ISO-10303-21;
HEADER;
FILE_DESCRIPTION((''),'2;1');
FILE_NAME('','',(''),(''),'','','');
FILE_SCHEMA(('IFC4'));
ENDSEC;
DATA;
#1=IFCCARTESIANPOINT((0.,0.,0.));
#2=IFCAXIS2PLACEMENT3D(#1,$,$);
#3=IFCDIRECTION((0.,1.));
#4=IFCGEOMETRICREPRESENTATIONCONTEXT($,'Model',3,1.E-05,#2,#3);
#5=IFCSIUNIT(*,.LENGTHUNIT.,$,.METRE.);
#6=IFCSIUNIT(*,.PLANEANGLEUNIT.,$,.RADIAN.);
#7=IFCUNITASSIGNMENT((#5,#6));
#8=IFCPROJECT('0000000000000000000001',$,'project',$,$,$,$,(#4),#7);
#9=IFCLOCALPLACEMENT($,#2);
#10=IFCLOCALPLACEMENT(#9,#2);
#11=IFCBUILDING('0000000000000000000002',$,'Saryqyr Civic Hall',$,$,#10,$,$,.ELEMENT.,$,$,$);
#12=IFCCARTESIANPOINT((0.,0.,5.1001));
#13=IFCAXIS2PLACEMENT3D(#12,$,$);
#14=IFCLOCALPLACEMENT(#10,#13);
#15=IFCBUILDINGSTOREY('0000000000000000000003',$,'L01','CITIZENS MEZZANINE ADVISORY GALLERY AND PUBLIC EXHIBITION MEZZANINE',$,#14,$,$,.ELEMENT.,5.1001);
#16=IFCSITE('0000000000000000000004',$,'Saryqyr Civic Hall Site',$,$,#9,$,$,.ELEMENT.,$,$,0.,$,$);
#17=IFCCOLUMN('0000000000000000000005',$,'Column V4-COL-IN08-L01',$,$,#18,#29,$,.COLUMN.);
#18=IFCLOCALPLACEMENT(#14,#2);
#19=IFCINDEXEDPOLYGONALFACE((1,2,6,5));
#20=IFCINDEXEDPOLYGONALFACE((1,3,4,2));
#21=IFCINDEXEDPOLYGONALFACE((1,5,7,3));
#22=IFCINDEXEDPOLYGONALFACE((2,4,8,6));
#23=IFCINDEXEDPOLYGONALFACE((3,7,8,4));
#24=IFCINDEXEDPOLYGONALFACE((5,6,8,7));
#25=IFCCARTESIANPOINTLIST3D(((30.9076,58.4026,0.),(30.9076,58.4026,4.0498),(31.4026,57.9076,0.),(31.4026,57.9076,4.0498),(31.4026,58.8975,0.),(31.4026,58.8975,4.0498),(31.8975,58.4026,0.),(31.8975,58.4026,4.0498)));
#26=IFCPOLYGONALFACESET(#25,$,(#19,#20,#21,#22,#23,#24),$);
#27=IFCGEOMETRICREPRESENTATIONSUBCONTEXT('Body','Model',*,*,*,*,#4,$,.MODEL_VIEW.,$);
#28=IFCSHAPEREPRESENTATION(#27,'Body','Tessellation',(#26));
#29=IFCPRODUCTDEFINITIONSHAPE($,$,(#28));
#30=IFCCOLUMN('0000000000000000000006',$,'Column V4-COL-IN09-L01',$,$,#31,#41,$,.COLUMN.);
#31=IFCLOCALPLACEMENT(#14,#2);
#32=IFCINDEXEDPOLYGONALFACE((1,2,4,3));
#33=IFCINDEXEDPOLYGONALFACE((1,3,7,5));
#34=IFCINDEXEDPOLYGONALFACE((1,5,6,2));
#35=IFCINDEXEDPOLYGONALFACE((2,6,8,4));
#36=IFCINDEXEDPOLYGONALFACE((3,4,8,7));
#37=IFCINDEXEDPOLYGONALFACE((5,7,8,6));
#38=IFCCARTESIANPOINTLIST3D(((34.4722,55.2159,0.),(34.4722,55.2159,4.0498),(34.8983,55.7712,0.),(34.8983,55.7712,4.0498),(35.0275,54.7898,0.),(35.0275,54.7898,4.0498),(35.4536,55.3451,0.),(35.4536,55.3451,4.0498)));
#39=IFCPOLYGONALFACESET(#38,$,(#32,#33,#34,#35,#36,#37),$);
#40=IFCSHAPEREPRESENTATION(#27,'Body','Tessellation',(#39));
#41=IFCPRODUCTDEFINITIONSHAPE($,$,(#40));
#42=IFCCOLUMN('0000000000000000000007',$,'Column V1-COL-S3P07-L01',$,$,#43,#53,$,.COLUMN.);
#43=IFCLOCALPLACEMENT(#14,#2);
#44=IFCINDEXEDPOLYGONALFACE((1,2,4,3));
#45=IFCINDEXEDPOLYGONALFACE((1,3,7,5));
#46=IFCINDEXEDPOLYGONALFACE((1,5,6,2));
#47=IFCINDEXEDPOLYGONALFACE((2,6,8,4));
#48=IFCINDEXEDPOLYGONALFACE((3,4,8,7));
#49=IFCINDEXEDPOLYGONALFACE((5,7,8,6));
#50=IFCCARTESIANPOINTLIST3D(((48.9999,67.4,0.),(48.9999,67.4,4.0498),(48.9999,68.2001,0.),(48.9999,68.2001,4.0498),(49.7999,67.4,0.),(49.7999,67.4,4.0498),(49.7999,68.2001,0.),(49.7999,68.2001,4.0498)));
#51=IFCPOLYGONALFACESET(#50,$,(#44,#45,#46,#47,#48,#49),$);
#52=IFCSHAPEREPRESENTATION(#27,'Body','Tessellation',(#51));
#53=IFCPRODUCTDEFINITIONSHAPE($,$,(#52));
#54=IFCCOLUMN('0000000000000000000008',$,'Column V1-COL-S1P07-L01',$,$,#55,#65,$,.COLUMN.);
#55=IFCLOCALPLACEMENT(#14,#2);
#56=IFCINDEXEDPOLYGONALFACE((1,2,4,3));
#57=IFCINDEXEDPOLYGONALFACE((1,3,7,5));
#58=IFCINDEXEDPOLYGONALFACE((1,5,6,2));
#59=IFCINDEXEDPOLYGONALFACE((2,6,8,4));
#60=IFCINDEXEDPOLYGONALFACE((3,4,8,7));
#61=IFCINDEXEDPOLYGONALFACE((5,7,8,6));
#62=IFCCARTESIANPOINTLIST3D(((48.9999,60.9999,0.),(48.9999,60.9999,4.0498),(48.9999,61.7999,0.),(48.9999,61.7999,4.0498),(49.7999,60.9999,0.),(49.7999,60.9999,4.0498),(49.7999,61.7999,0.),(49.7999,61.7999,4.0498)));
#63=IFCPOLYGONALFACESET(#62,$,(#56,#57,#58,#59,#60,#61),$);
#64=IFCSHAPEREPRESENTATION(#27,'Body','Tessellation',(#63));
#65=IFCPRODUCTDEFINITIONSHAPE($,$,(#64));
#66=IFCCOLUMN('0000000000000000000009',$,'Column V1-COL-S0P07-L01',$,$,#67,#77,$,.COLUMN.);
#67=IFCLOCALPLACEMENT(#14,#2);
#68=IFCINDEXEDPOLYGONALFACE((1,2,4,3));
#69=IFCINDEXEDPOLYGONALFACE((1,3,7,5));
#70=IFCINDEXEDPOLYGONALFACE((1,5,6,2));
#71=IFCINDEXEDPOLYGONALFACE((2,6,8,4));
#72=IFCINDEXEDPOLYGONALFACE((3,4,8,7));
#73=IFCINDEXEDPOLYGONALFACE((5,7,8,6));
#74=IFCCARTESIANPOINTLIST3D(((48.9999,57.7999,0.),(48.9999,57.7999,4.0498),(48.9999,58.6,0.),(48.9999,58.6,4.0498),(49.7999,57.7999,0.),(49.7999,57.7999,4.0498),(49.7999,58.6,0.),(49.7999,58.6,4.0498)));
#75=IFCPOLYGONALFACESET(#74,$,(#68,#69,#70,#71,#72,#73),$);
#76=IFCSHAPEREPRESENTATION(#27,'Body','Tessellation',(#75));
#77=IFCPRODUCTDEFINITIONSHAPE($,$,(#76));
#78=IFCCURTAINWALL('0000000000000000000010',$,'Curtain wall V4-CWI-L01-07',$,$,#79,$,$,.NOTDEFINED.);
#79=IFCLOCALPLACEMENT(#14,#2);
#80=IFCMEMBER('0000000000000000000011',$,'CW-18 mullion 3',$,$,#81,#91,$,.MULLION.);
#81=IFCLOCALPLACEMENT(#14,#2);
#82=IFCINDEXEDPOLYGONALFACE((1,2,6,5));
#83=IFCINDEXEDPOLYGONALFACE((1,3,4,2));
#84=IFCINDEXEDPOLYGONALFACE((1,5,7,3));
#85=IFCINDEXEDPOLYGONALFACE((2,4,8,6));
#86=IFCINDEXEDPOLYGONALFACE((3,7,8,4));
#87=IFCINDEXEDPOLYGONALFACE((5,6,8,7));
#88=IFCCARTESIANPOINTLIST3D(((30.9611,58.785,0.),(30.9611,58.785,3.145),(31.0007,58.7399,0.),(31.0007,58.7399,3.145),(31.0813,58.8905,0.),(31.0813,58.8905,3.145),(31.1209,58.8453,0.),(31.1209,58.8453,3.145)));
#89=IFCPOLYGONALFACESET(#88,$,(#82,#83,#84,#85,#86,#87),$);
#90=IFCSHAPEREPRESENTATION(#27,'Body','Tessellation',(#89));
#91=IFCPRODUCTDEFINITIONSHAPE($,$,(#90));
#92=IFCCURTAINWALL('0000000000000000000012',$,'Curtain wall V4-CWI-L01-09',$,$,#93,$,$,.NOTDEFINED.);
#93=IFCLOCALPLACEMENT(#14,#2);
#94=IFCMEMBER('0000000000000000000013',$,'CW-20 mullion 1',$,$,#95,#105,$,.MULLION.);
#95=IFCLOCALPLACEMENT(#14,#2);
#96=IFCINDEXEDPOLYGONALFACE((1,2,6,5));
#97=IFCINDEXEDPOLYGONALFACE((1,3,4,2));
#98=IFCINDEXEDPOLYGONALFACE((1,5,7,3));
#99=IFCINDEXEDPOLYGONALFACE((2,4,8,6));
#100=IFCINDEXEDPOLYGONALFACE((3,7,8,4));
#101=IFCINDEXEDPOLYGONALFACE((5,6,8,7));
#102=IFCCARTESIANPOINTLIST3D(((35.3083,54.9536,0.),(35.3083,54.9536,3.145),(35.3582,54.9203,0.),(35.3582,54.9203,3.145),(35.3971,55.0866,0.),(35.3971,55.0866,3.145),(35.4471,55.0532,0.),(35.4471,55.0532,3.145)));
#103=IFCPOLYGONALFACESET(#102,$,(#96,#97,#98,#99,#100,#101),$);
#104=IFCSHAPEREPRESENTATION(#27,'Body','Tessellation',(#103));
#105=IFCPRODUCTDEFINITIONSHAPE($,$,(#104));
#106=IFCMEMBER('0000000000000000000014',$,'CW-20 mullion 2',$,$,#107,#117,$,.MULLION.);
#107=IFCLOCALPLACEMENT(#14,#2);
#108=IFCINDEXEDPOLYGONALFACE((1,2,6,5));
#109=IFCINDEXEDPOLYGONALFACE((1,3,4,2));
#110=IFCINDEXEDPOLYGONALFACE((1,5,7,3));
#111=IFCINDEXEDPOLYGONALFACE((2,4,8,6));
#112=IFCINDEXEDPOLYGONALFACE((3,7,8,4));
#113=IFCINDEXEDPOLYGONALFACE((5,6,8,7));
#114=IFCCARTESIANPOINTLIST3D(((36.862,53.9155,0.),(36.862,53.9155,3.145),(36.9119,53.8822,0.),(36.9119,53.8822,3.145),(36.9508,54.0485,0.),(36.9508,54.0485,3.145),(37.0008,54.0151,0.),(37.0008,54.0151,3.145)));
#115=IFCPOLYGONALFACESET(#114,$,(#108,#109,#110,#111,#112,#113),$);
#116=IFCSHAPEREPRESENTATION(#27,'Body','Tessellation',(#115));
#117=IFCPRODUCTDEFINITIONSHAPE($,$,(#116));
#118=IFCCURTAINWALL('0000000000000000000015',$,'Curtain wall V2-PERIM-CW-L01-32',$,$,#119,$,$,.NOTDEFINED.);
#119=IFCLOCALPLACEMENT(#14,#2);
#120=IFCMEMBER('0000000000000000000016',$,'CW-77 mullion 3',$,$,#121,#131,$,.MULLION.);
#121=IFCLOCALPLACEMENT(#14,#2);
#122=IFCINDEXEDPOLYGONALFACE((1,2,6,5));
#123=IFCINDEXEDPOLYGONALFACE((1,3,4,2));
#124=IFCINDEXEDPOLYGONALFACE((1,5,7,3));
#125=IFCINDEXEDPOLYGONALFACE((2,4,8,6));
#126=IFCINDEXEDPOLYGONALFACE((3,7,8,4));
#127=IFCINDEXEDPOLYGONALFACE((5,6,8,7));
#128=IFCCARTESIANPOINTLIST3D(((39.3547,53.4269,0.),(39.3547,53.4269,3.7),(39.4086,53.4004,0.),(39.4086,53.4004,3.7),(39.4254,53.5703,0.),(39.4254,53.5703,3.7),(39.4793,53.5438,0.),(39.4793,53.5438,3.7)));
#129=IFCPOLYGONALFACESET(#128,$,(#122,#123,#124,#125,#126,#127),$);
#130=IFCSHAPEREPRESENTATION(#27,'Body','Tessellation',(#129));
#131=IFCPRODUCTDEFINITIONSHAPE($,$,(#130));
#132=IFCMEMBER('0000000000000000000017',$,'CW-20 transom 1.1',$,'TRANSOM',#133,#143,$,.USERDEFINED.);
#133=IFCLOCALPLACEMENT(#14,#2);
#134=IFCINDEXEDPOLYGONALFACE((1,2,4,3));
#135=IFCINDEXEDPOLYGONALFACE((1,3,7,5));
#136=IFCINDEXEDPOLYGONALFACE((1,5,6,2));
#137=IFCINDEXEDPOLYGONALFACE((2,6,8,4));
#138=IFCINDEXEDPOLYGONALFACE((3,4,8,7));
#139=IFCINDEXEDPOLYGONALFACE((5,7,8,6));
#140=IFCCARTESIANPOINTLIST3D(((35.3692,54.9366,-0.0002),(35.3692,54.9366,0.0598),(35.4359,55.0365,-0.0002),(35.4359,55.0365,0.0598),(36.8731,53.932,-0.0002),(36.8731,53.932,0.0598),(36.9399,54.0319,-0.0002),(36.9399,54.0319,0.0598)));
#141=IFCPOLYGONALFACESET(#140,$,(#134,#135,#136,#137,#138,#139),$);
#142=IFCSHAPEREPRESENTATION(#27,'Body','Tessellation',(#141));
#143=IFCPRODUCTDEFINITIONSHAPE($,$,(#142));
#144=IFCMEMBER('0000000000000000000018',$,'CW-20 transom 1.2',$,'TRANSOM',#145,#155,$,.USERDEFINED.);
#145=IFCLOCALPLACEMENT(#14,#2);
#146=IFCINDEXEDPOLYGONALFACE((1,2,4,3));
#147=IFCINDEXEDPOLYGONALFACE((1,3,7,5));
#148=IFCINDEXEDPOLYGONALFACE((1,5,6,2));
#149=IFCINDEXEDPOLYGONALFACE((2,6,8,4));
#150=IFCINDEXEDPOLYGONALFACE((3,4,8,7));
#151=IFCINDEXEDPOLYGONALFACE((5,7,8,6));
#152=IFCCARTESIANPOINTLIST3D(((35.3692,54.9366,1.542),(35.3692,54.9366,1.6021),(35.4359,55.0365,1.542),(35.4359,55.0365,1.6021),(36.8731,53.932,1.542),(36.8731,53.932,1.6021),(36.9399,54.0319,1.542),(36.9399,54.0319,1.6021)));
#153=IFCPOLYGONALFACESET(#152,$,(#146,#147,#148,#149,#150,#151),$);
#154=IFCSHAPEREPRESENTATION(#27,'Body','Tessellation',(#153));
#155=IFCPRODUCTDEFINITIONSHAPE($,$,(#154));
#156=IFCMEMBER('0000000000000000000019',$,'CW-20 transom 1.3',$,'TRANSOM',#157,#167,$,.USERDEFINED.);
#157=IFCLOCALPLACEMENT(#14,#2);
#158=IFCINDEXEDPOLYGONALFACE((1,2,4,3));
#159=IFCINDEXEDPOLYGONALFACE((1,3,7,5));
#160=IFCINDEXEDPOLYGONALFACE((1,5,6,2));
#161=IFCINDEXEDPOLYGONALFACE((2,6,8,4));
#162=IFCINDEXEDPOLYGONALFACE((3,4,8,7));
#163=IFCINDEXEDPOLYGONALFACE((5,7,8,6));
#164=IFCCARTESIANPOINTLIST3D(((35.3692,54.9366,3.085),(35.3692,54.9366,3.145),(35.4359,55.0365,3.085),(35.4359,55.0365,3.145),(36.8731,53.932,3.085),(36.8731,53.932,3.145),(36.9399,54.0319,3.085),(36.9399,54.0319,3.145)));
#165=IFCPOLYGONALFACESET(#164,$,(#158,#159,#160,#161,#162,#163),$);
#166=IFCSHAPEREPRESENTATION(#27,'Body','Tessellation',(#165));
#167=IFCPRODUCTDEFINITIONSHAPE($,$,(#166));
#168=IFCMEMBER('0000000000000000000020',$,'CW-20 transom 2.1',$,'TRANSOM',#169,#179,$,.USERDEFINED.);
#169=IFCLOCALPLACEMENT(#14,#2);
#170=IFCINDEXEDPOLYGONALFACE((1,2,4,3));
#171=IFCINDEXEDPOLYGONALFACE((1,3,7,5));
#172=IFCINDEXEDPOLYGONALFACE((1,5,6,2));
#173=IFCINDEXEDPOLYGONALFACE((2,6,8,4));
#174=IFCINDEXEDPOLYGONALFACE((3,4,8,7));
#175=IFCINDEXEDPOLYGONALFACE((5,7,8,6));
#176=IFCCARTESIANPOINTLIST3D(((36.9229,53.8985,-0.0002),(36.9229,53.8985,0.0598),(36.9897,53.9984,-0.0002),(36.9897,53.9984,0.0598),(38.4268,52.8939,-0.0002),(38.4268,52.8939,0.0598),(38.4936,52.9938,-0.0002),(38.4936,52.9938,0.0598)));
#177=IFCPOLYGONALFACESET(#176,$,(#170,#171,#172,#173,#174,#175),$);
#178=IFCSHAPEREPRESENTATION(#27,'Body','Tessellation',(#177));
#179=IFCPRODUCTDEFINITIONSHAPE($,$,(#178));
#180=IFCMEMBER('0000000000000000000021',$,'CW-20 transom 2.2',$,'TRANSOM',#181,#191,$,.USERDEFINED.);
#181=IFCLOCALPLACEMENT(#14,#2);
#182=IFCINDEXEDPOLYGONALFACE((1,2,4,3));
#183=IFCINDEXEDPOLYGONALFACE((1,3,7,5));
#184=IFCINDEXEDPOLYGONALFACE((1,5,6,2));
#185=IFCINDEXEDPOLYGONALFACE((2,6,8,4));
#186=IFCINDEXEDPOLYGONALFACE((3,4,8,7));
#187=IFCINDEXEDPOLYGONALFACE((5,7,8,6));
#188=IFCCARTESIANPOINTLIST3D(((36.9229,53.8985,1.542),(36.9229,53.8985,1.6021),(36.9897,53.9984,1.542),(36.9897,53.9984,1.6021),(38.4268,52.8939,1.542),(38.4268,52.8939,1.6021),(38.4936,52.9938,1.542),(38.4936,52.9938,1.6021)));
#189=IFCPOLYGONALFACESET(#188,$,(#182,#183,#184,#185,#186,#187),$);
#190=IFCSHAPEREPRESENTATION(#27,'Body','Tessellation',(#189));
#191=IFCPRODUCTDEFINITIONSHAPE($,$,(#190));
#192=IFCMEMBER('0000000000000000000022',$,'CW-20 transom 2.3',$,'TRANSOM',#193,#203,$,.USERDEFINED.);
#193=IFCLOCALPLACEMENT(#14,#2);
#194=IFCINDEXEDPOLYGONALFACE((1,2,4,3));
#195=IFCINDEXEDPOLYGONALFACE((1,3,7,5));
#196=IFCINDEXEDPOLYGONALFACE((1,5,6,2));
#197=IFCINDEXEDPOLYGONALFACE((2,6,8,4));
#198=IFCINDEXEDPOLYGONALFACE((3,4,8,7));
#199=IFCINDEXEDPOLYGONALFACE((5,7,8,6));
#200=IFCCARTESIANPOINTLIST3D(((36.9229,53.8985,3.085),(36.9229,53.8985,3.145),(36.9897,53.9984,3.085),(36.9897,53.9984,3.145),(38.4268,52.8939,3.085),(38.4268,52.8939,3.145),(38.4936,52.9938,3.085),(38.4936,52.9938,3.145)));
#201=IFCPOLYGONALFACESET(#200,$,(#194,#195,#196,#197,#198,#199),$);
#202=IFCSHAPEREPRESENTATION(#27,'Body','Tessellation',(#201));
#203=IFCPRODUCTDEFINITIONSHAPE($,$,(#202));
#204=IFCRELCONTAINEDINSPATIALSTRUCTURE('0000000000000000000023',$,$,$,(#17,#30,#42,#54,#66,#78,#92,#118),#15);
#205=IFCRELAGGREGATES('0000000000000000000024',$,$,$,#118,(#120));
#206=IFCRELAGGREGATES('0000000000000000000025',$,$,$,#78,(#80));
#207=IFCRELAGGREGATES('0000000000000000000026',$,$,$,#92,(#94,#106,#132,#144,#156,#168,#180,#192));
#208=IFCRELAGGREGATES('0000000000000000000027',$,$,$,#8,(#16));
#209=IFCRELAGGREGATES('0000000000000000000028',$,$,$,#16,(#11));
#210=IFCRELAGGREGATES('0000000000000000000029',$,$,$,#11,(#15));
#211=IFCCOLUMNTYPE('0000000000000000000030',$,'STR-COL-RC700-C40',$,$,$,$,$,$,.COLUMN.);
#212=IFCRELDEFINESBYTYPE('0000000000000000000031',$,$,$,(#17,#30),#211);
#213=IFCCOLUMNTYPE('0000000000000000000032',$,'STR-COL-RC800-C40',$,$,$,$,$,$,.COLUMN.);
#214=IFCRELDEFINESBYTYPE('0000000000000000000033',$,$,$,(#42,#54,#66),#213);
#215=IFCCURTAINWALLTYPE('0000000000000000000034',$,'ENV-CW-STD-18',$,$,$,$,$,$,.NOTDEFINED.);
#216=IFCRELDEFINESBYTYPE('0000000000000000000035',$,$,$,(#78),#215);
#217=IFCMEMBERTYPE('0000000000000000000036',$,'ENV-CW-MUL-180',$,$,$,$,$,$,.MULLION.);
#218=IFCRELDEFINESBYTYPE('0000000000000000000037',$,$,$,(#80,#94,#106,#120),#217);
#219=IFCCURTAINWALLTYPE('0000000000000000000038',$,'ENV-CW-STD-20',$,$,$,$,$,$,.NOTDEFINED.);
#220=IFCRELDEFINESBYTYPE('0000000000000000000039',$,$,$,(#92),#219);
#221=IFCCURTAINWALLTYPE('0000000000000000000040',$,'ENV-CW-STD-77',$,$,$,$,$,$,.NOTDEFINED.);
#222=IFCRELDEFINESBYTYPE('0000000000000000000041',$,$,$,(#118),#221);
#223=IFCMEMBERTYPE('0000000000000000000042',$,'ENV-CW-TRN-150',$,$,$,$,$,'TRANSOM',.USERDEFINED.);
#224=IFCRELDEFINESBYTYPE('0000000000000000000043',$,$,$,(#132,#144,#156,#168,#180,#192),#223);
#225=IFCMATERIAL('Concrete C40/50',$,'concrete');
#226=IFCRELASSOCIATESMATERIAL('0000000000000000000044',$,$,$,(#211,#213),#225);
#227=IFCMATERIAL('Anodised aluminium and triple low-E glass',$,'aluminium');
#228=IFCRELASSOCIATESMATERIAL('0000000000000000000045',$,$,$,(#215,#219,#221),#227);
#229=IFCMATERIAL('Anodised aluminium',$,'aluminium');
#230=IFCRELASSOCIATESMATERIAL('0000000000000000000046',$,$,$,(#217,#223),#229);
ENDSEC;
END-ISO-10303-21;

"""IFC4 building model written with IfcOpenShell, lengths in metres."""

from ifc_helpers import new_model, si_unit, direction, frame, origin, origin_2d, place, context, subcontext, project, spatial, rectangle, extrude, material, material_profile, profile_set, type_object, element, aggregate, save


model = new_model("IFC4")

# Units and contexts
model_context = context("Model", 3, precision=1e-05, world=origin(), true_north=direction((0.0, 1.0)))
body_context = subcontext(model_context, "Body", "Model", "MODEL_VIEW")
ifc_project = project(units=[si_unit("LENGTHUNIT", "METRE"), si_unit("PLANEANGLEUNIT", "RADIAN")], contexts=[model_context])

# Site, building, storey
site_placement = place(None, origin())
site = spatial("IfcSite", under=ifc_project, at=site_placement, Name="Saryqyr Civic Hall Site", CompositionType="ELEMENT", RefElevation=0.0)
building_placement = place(site_placement, origin())
building = spatial("IfcBuilding", under=site, at=building_placement, Name="Saryqyr Civic Hall", CompositionType="ELEMENT")
storey_placement = place(building_placement, frame((0.0, 0.0, 5.1001)))
storey = spatial("IfcBuildingStorey", under=building, at=storey_placement, Name="L01", Description="CITIZENS MEZZANINE ADVISORY GALLERY AND PUBLIC EXHIBITION MEZZANINE", CompositionType="ELEMENT", Elevation=5.1001)

# Columns
ifc_material_1 = material(Name="Concrete C40/50", Category="concrete")
ifc_material_profile_1 = material_profile(ifc_material_1, rectangle(XDim=0.7, YDim=0.7, at=origin_2d()), Name="RC 700x700")
ifc_profile_set_1 = profile_set([ifc_material_profile_1], Name="Concrete C40/50")
column_type_1 = type_object("IfcColumnType", Name="STR-COL-RC700-C40", PredefinedType="COLUMN", material=ifc_profile_set_1)
for number, where, z_axis, x_axis, name in (
    (1, (31.4026, 58.4026, 0.0), (0.0, 0.0, 1.0), (-0.707107, -0.707107, 0.0), "Column V4-COL-IN08-L01"),
    (2, (34.9629, 55.2805, 0.0), (0.0, 0.0, 1.0), (-0.608761, -0.793353, 0.0), "Column V4-COL-IN09-L01"),
):
    element("IfcColumn", number, at=place(storey_placement, frame(where, z_axis=z_axis, x_axis=x_axis)), inside=storey, type_object=column_type_1, Name=name, PredefinedType="COLUMN", context=body_context, shape_type="SweptSolid", body=[
        extrude(rectangle(XDim=0.7, YDim=0.7, at=origin_2d()), origin(), (0.0, 0.0, 1.0), 4.0498),
    ])
ifc_material_profile_2 = material_profile(ifc_material_1, rectangle(XDim=0.8, YDim=0.8, at=origin_2d()), Name="RC 800x800")
ifc_profile_set_2 = profile_set([ifc_material_profile_2], Name="Concrete C40/50")
column_type_2 = type_object("IfcColumnType", Name="STR-COL-RC800-C40", PredefinedType="COLUMN", material=ifc_profile_set_2)
for number, where, z_axis, x_axis, name in (
    (3, (49.3999, 67.8, 0.0), (0.0, 0.0, 1.0), (1.0, 0.0, 0.0), "Column V1-COL-S3P07-L01"),
    (4, (49.3999, 61.3999, 0.0), (0.0, 0.0, 1.0), (1.0, 0.0, 0.0), "Column V1-COL-S1P07-L01"),
    (5, (49.3999, 58.2, 0.0), (0.0, 0.0, 1.0), (1.0, 0.0, 0.0), "Column V1-COL-S0P07-L01"),
):
    element("IfcColumn", number, at=place(storey_placement, frame(where, z_axis=z_axis, x_axis=x_axis)), inside=storey, type_object=column_type_2, Name=name, PredefinedType="COLUMN", context=body_context, shape_type="SweptSolid", body=[
        extrude(rectangle(XDim=0.8, YDim=0.8, at=origin_2d()), origin(), (0.0, 0.0, 1.0), 4.0498),
    ])

# Curtain wall, member
ifc_material_2 = material(Name="Anodised aluminium and triple low-E glass", Category="aluminium")
curtain_wall_type_1 = type_object("IfcCurtainWallType", Name="ENV-CW-STD-18", PredefinedType="NOTDEFINED", material=ifc_material_2)
curtain_wall_1_placement = place(storey_placement, origin())
curtain_wall_1 = element("IfcCurtainWall", 6, at=curtain_wall_1_placement, inside=storey, type_object=curtain_wall_type_1, Name="Curtain wall V4-CWI-L01-07", PredefinedType="NOTDEFINED")
ifc_material_3 = material(Name="Anodised aluminium", Category="aluminium")
ifc_material_profile_3 = material_profile(ifc_material_3, rectangle(XDim=0.0601, YDim=0.1599, at=origin_2d()), Name="ALU MULLION 60x160")
ifc_profile_set_3 = profile_set([ifc_material_profile_3], Name="Anodised aluminium")
member_type_1 = type_object("IfcMemberType", Name="ENV-CW-MUL-180", PredefinedType="MULLION", material=ifc_profile_set_3)
member_1_placement = place(storey_placement, frame((31.041, 58.8152, 0.0), z_axis=(0.0, 0.0, 1.0), x_axis=(0.659349, -0.751837, 0.0)))
member_1 = element("IfcMember", 7, at=member_1_placement, type_object=member_type_1, Name="CW-18 mullion 3", PredefinedType="MULLION", context=body_context, shape_type="SweptSolid", body=[
    extrude(rectangle(XDim=0.0601, YDim=0.1599, at=origin_2d()), origin(), (0.0, 0.0, 1.0), 3.145),
])

# Curtain wall, members
curtain_wall_type_2 = type_object("IfcCurtainWallType", Name="ENV-CW-STD-20", PredefinedType="NOTDEFINED", material=ifc_material_2)
curtain_wall_2_placement = place(storey_placement, origin())
curtain_wall_2 = element("IfcCurtainWall", 8, at=curtain_wall_2_placement, inside=storey, type_object=curtain_wall_type_2, Name="Curtain wall V4-CWI-L01-09", PredefinedType="NOTDEFINED")
member_2_placement = place(storey_placement, frame((35.3777, 55.0034, 0.0), z_axis=(0.0, 0.0, 1.0), x_axis=(0.831479, -0.555557, 0.0)))
member_2 = element("IfcMember", 9, at=member_2_placement, type_object=member_type_1, Name="CW-20 mullion 1", PredefinedType="MULLION", context=body_context, shape_type="SweptSolid", body=[
    extrude(rectangle(XDim=0.0601, YDim=0.1599, at=origin_2d()), origin(), (0.0, 0.0, 1.0), 3.145),
])
member_3_placement = place(storey_placement, frame((36.9314, 53.9653, 0.0), z_axis=(0.0, 0.0, 1.0), x_axis=(0.831479, -0.555557, 0.0)))
member_3 = element("IfcMember", 10, at=member_3_placement, type_object=member_type_1, Name="CW-20 mullion 2", PredefinedType="MULLION", context=body_context, shape_type="SweptSolid", body=[
    extrude(rectangle(XDim=0.0601, YDim=0.1599, at=origin_2d()), origin(), (0.0, 0.0, 1.0), 3.145),
])

# Curtain wall, member
curtain_wall_type_3 = type_object("IfcCurtainWallType", Name="ENV-CW-STD-77", PredefinedType="NOTDEFINED", material=ifc_material_2)
curtain_wall_3_placement = place(storey_placement, origin())
curtain_wall_3 = element("IfcCurtainWall", 11, at=curtain_wall_3_placement, inside=storey, type_object=curtain_wall_type_3, Name="Curtain wall V2-PERIM-CW-L01-32", PredefinedType="NOTDEFINED")
member_4_placement = place(storey_placement, frame((39.417, 53.4854, 0.0), z_axis=(0.0, 0.0, 1.0), x_axis=(-0.896871, 0.442292, 0.0)))
member_4 = element("IfcMember", 12, at=member_4_placement, type_object=member_type_1, Name="CW-77 mullion 3", PredefinedType="MULLION", context=body_context, shape_type="SweptSolid", body=[
    extrude(rectangle(XDim=0.0601, YDim=0.1599, at=origin_2d()), origin(), (0.0, 0.0, 1.0), 3.7),
])
aggregate(curtain_wall_3, [member_4])

# Members
ifc_material_profile_4 = material_profile(ifc_material_3, rectangle(XDim=0.1201, YDim=0.0601, at=origin_2d()), Name="ALU TRANSOM 120x60")
ifc_profile_set_4 = profile_set([ifc_material_profile_4], Name="Anodised aluminium")
member_type_2 = type_object("IfcMemberType", Name="ENV-CW-TRN-150", ElementType="TRANSOM", PredefinedType="USERDEFINED", material=ifc_profile_set_4)
member_5_placement = place(storey_placement, frame((35.4026, 54.9866, 0.0298), z_axis=(0.831531, -0.555479, 0.0), x_axis=(0.555479, 0.831531, 0.0)))
member_5 = element("IfcMember", 13, at=member_5_placement, type_object=member_type_2, Name="CW-20 transom 1.1", ObjectType="TRANSOM", PredefinedType="USERDEFINED", context=body_context, shape_type="SweptSolid", body=[
    extrude(rectangle(XDim=0.1201, YDim=0.0601, at=origin_2d()), origin(), (0.0, 0.0, 1.0), 1.8086),
])
member_6_placement = place(storey_placement, frame((35.4026, 54.9866, 1.572), z_axis=(0.831531, -0.555479, 0.0), x_axis=(0.555479, 0.831531, 0.0)))
member_6 = element("IfcMember", 14, at=member_6_placement, type_object=member_type_2, Name="CW-20 transom 1.2", ObjectType="TRANSOM", PredefinedType="USERDEFINED", context=body_context, shape_type="SweptSolid", body=[
    extrude(rectangle(XDim=0.1201, YDim=0.0601, at=origin_2d()), origin(), (0.0, 0.0, 1.0), 1.8086),
])
member_7_placement = place(storey_placement, frame((35.4026, 54.9866, 3.115), z_axis=(0.831531, -0.555479, 0.0), x_axis=(0.555479, 0.831531, 0.0)))
member_7 = element("IfcMember", 15, at=member_7_placement, type_object=member_type_2, Name="CW-20 transom 1.3", ObjectType="TRANSOM", PredefinedType="USERDEFINED", context=body_context, shape_type="SweptSolid", body=[
    extrude(rectangle(XDim=0.1201, YDim=0.0601, at=origin_2d()), origin(), (0.0, 0.0, 1.0), 1.8086),
])
member_8_placement = place(storey_placement, frame((36.9563, 53.9485, 0.0298), z_axis=(0.831531, -0.555479, 0.0), x_axis=(0.555479, 0.831531, 0.0)))
member_8 = element("IfcMember", 16, at=member_8_placement, type_object=member_type_2, Name="CW-20 transom 2.1", ObjectType="TRANSOM", PredefinedType="USERDEFINED", context=body_context, shape_type="SweptSolid", body=[
    extrude(rectangle(XDim=0.1201, YDim=0.0601, at=origin_2d()), origin(), (0.0, 0.0, 1.0), 1.8086),
])
member_9_placement = place(storey_placement, frame((36.9563, 53.9485, 1.572), z_axis=(0.831531, -0.555479, 0.0), x_axis=(0.555479, 0.831531, 0.0)))
member_9 = element("IfcMember", 17, at=member_9_placement, type_object=member_type_2, Name="CW-20 transom 2.2", ObjectType="TRANSOM", PredefinedType="USERDEFINED", context=body_context, shape_type="SweptSolid", body=[
    extrude(rectangle(XDim=0.1201, YDim=0.0601, at=origin_2d()), origin(), (0.0, 0.0, 1.0), 1.8086),
])
member_10_placement = place(storey_placement, frame((36.9563, 53.9485, 3.115), z_axis=(0.831531, -0.555479, 0.0), x_axis=(0.555479, 0.831531, 0.0)))
member_10 = element("IfcMember", 18, at=member_10_placement, type_object=member_type_2, Name="CW-20 transom 2.3", ObjectType="TRANSOM", PredefinedType="USERDEFINED", context=body_context, shape_type="SweptSolid", body=[
    extrude(rectangle(XDim=0.1201, YDim=0.0601, at=origin_2d()), origin(), (0.0, 0.0, 1.0), 1.8086),
])

aggregate(curtain_wall_1, [member_1])
aggregate(curtain_wall_2, [member_2, member_3, member_5, member_6, member_7, member_8, member_9, member_10])

save(model, "model.ifc")
